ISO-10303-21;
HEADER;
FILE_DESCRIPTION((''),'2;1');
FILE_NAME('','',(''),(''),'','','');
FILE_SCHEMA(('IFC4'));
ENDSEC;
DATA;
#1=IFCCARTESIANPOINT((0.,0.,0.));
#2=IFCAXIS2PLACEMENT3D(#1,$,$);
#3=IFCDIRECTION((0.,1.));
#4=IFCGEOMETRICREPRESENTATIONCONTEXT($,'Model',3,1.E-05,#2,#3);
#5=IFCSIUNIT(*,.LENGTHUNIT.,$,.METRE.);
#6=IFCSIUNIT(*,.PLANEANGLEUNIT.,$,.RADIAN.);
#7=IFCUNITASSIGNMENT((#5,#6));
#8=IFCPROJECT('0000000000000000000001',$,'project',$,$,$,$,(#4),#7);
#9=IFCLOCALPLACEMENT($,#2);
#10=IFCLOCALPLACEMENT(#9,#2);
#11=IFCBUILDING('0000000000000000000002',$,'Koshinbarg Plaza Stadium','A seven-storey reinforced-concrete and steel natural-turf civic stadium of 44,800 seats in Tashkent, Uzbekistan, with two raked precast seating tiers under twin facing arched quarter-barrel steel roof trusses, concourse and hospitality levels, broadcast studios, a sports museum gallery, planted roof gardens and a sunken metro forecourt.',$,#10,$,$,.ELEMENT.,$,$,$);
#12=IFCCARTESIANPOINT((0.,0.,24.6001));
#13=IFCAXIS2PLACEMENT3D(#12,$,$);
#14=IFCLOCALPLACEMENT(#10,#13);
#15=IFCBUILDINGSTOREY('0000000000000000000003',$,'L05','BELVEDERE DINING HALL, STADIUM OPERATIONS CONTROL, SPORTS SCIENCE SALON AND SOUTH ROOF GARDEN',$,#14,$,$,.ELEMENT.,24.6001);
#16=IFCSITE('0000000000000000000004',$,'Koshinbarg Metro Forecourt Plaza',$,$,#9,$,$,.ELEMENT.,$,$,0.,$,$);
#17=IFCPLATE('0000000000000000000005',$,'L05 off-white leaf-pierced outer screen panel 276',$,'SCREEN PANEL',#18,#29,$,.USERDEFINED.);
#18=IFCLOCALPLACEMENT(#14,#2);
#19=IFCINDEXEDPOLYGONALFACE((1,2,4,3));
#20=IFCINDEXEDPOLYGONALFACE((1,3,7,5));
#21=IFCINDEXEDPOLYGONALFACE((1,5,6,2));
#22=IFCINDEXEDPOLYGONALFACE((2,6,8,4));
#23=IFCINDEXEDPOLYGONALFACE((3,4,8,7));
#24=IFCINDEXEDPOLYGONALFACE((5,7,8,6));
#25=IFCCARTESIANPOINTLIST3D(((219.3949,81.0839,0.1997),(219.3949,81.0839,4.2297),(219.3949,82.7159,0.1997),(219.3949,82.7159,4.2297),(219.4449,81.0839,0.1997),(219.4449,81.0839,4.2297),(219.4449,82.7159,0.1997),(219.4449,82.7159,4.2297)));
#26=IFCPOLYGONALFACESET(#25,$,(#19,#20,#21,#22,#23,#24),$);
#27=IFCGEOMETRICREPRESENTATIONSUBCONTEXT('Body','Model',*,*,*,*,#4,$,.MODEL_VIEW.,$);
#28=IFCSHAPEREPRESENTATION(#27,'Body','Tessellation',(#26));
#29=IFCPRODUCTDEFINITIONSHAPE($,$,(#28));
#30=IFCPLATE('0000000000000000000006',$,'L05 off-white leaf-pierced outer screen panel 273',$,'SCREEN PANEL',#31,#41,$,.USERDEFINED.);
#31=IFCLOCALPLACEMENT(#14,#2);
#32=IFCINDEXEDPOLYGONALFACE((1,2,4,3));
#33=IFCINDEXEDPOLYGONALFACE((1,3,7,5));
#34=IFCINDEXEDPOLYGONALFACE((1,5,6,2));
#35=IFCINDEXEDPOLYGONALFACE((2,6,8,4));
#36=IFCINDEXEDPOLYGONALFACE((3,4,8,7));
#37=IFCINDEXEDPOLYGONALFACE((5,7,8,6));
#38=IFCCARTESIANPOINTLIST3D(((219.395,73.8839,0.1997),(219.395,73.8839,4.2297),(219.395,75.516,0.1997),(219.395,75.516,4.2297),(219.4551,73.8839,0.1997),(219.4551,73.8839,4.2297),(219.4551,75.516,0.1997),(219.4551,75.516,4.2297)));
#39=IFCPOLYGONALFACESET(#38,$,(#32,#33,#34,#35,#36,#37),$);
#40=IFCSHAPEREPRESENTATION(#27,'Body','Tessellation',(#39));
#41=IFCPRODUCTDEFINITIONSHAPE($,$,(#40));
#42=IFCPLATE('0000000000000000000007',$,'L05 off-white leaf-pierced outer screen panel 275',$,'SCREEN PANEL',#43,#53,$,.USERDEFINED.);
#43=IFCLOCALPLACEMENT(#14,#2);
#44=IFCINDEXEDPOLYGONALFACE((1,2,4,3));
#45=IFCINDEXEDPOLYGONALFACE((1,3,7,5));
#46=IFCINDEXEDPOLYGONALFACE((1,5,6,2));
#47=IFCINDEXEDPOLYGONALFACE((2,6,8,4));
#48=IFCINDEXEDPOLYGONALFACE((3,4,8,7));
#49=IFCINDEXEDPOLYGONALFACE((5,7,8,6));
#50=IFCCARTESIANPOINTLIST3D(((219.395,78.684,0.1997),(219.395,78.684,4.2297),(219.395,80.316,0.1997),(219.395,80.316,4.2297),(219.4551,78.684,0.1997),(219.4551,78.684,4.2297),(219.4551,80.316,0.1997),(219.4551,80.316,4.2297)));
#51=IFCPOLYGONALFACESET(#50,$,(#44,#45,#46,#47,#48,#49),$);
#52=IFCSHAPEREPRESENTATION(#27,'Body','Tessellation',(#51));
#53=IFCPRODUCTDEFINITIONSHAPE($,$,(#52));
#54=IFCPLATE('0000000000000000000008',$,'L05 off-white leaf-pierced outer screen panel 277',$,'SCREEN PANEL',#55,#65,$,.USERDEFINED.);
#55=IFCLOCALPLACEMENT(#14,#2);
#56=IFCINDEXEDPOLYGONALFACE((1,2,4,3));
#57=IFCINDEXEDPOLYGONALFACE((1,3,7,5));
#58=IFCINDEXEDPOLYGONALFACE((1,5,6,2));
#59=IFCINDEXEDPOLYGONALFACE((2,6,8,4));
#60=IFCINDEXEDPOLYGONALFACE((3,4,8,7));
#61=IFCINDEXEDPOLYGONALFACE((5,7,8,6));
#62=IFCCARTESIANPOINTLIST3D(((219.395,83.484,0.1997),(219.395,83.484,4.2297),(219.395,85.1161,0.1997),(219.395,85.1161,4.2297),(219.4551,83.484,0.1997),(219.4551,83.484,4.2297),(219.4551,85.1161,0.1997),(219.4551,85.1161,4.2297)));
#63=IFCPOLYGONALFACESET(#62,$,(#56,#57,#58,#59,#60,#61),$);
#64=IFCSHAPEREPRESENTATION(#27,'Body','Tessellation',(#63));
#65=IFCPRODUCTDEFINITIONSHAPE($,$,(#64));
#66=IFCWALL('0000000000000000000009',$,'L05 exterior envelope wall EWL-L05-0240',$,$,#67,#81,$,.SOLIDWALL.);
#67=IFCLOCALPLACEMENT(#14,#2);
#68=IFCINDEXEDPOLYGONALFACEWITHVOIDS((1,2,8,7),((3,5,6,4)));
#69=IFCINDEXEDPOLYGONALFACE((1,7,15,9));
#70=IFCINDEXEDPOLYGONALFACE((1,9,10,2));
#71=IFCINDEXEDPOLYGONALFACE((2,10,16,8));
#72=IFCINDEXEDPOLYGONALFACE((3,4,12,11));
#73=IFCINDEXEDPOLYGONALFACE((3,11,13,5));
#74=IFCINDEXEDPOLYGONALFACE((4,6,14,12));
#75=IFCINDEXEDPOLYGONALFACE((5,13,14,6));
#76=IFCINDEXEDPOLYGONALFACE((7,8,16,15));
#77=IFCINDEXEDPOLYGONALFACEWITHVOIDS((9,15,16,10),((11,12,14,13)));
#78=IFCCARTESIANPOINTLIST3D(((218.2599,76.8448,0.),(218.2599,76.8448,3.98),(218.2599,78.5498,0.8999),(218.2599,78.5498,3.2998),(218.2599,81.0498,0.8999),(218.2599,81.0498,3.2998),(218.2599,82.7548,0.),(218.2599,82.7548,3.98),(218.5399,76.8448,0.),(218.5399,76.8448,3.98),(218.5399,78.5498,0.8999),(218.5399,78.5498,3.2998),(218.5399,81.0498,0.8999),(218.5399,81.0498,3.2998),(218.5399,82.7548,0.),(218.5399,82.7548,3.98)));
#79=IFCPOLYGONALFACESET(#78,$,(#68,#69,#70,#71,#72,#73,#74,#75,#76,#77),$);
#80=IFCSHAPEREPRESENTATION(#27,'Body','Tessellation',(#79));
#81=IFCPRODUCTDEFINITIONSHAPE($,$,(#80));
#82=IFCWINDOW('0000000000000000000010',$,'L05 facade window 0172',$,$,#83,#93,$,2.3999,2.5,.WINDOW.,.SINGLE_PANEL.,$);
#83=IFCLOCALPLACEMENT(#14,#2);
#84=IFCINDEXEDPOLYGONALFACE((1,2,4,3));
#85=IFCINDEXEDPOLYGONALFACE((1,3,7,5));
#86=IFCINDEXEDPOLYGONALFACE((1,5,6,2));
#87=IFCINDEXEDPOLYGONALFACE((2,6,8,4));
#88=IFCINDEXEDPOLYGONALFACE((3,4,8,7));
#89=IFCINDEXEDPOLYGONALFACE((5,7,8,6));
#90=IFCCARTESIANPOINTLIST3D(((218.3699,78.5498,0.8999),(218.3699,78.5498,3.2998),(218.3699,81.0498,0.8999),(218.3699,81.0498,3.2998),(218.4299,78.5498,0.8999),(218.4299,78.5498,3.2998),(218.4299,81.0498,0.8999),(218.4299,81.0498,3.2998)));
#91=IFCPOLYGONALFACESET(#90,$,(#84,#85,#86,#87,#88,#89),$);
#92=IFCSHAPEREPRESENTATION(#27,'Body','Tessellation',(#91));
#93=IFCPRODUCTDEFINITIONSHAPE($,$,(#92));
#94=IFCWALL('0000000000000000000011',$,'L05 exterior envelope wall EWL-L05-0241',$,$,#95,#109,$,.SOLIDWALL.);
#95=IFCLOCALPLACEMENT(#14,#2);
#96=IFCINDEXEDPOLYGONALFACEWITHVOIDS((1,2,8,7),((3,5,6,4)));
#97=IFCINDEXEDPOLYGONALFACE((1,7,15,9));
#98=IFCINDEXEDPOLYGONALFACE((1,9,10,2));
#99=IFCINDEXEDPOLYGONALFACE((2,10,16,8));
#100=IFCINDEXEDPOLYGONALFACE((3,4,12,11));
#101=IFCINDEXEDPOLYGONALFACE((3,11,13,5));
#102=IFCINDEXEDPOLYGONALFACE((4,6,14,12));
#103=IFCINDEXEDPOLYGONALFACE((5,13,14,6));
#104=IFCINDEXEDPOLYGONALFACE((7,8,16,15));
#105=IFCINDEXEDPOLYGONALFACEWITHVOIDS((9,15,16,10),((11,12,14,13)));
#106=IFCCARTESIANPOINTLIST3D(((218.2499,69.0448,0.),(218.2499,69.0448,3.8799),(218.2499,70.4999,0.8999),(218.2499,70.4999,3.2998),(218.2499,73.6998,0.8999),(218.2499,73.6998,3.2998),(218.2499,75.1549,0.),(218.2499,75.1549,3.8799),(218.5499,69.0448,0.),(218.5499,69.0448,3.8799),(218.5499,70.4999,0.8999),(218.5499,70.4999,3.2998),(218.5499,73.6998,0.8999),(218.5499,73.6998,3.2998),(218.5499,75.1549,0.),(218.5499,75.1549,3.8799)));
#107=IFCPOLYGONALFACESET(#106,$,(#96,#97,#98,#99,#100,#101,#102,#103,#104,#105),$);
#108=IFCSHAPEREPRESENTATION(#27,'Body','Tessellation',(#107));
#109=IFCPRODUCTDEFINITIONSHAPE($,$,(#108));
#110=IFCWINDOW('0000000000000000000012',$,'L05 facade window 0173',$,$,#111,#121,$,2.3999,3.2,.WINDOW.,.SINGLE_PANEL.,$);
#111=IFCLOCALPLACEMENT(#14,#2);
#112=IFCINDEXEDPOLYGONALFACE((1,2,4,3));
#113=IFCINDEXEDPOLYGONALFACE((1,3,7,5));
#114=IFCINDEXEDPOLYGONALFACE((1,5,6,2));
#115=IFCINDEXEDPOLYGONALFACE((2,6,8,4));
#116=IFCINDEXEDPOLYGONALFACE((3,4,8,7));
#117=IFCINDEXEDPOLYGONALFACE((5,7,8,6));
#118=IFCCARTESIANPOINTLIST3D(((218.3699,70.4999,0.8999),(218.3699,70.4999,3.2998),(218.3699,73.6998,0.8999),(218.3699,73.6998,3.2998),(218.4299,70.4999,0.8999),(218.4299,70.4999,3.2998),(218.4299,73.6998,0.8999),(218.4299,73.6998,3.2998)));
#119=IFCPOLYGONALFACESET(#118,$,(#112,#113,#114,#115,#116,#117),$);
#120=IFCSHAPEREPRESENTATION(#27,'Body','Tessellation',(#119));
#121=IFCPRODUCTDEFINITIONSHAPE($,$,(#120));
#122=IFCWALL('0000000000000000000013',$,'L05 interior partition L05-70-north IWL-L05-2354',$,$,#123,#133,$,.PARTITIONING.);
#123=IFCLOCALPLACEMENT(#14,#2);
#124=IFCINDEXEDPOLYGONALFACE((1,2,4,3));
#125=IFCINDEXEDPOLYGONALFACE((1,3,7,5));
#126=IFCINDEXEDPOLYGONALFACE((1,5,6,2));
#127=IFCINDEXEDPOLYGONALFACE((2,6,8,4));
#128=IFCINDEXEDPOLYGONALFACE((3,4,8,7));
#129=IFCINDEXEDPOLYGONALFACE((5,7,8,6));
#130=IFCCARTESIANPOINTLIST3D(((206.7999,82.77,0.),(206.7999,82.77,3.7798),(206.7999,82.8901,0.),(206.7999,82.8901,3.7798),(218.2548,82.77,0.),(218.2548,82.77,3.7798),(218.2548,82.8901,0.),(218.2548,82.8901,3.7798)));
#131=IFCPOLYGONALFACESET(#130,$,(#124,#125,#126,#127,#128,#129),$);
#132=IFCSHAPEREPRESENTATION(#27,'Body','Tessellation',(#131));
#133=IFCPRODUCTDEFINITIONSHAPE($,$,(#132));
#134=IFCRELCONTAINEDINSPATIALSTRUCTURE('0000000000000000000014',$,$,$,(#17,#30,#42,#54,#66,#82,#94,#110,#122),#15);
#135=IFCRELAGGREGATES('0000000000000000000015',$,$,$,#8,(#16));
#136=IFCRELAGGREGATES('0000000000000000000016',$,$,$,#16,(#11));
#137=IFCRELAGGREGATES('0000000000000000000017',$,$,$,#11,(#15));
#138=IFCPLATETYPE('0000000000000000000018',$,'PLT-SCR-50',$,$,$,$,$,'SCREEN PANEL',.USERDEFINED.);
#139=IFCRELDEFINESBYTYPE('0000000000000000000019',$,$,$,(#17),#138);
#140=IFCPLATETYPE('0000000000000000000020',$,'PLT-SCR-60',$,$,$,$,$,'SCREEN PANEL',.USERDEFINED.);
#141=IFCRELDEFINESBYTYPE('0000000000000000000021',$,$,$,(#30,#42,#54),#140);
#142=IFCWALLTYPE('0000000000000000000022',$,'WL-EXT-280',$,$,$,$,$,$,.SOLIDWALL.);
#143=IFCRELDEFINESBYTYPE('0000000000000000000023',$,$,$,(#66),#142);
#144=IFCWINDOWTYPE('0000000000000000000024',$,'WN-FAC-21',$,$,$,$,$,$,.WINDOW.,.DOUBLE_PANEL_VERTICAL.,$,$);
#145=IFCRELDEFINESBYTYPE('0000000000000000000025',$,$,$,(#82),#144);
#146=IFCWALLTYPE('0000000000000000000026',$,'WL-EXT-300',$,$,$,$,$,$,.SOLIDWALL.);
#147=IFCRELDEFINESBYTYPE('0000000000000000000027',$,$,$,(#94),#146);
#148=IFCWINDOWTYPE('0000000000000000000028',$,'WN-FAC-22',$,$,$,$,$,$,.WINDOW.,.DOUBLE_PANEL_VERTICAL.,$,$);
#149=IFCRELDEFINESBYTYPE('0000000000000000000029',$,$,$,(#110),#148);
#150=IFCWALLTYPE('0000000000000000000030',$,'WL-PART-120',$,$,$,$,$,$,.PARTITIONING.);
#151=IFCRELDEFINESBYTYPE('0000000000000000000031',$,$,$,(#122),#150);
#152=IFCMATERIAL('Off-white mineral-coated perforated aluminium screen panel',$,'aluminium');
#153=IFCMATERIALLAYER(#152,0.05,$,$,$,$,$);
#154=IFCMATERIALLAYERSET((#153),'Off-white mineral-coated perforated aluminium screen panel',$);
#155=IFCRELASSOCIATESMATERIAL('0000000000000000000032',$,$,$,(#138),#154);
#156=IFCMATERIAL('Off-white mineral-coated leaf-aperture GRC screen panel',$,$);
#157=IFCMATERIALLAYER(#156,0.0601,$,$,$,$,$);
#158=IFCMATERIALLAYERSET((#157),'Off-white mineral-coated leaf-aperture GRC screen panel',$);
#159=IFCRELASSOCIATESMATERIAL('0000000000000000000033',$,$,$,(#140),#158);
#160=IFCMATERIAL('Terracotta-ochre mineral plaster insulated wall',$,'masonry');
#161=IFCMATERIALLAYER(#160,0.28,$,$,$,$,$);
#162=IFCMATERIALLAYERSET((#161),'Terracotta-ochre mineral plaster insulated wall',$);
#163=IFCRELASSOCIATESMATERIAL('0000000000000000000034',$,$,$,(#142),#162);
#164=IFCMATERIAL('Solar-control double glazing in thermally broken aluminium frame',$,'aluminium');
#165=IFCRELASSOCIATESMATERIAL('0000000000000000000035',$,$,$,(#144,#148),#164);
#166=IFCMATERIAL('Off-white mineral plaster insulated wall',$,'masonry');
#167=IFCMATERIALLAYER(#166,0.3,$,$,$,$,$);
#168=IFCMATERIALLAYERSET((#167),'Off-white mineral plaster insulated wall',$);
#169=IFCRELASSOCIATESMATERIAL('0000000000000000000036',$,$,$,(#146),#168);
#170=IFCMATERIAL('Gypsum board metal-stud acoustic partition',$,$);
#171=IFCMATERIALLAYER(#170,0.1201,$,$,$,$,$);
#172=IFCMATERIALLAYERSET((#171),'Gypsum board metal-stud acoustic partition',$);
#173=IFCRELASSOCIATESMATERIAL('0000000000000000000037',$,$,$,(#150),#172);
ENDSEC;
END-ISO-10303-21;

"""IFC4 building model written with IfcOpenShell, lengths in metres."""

from ifc_helpers import new_model, si_unit, direction, frame, frame_2d, origin, origin_2d, place, context, subcontext, project, spatial, rectangle, extrude, material, layer, layer_set, type_object, element, fill, save


model = new_model("IFC4")

# Units and contexts
model_context = context("Model", 3, precision=1e-05, world=origin(), true_north=direction((0.0, 1.0)))
body_context = subcontext(model_context, "Body", "Model", "MODEL_VIEW")
ifc_project = project(units=[si_unit("LENGTHUNIT", "METRE"), si_unit("PLANEANGLEUNIT", "RADIAN")], contexts=[model_context])

# Site, building, storey
site_placement = place(None, origin())
site = spatial("IfcSite", under=ifc_project, at=site_placement, Name="Koshinbarg Metro Forecourt Plaza", CompositionType="ELEMENT", RefElevation=0.0)
building_placement = place(site_placement, origin())
building = spatial("IfcBuilding", under=site, at=building_placement, Name="Koshinbarg Plaza Stadium", Description="A seven-storey reinforced-concrete and steel natural-turf civic stadium of 44,800 seats in Tashkent, Uzbekistan, with two raked precast seating tiers under twin facing arched quarter-barrel steel roof trusses, concourse and hospitality levels, broadcast studios, a sports museum gallery, planted roof gardens and a sunken metro forecourt.", CompositionType="ELEMENT")
storey_placement = place(building_placement, frame((0.0, 0.0, 24.6001)))
storey = spatial("IfcBuildingStorey", under=building, at=storey_placement, Name="L05", Description="BELVEDERE DINING HALL, STADIUM OPERATIONS CONTROL, SPORTS SCIENCE SALON AND SOUTH ROOF GARDEN", CompositionType="ELEMENT", Elevation=24.6001)

# Plates
ifc_material_1 = material(Name="Off-white mineral-coated perforated aluminium screen panel", Category="aluminium")
ifc_layer_1 = layer(ifc_material_1, 0.05)
ifc_layer_set_1 = layer_set([ifc_layer_1], Name="Off-white mineral-coated perforated aluminium screen panel")
plate_type_1 = type_object("IfcPlateType", Name="PLT-SCR-50", ElementType="SCREEN PANEL", PredefinedType="USERDEFINED", material=ifc_layer_set_1)
for number, where, z_axis, x_axis, name in (
    (1, (219.4199, 81.8999, 0.1997), (0.0, 0.0, 1.0), (1.0, 0.0, 0.0), "L05 off-white leaf-pierced outer screen panel 276"),
):
    element("IfcPlate", number, at=place(storey_placement, frame(where, z_axis=z_axis, x_axis=x_axis)), inside=storey, type_object=plate_type_1, Name=name, ObjectType="SCREEN PANEL", PredefinedType="USERDEFINED", context=body_context, shape_type="SweptSolid", body=[
        extrude(rectangle(XDim=0.05, YDim=1.6321, at=origin_2d()), origin(), (0.0, 0.0, 1.0), 4.03),
    ])
ifc_material_2 = material(Name="Off-white mineral-coated leaf-aperture GRC screen panel")
ifc_layer_2 = layer(ifc_material_2, 0.0601)
ifc_layer_set_2 = layer_set([ifc_layer_2], Name="Off-white mineral-coated leaf-aperture GRC screen panel")
plate_type_2 = type_object("IfcPlateType", Name="PLT-SCR-60", ElementType="SCREEN PANEL", PredefinedType="USERDEFINED", material=ifc_layer_set_2)
for number, where, z_axis, x_axis, name in (
    (2, (219.425, 74.7, 0.1997), (0.0, 0.0, 1.0), (1.0, 0.0, 0.0), "L05 off-white leaf-pierced outer screen panel 273"),
    (3, (219.425, 79.5, 0.1997), (0.0, 0.0, 1.0), (1.0, 0.0, 0.0), "L05 off-white leaf-pierced outer screen panel 275"),
    (4, (219.425, 84.3, 0.1997), (0.0, 0.0, 1.0), (1.0, 0.0, 0.0), "L05 off-white leaf-pierced outer screen panel 277"),
):
    element("IfcPlate", number, at=place(storey_placement, frame(where, z_axis=z_axis, x_axis=x_axis)), inside=storey, type_object=plate_type_2, Name=name, ObjectType="SCREEN PANEL", PredefinedType="USERDEFINED", context=body_context, shape_type="SweptSolid", body=[
        extrude(rectangle(XDim=0.0601, YDim=1.6321, at=origin_2d()), origin(), (0.0, 0.0, 1.0), 4.03),
    ])

# Walls, openings, windows
ifc_material_3 = material(Name="Terracotta-ochre mineral plaster insulated wall", Category="masonry")
ifc_layer_3 = layer(ifc_material_3, 0.28)
ifc_layer_set_3 = layer_set([ifc_layer_3], Name="Terracotta-ochre mineral plaster insulated wall")
wall_type_1 = type_object("IfcWallType", Name="WL-EXT-280", PredefinedType="SOLIDWALL", material=ifc_layer_set_3)
wall_1_placement = place(storey_placement, frame((218.3999, 82.7549, 0.0), z_axis=(0.0, 0.0, 1.0), x_axis=(0.0, -1.0, 0.0)))
wall_1 = element("IfcWall", 5, at=wall_1_placement, inside=storey, type_object=wall_type_1, Name="L05 exterior envelope wall EWL-L05-0240", PredefinedType="SOLIDWALL", context=body_context, shape_type="SweptSolid", body=[
    extrude(rectangle(XDim=5.9099, YDim=0.28, at=frame_2d((2.9551, 0.0))), origin(), (0.0, 0.0, 1.0), 3.98),
])
opening_1_placement = place(wall_1_placement, frame((1.7051, 0.0, 0.8999)))
opening_1 = element("IfcOpeningElement", 6, at=opening_1_placement, cuts=wall_1, PredefinedType="OPENING", context=body_context, shape_type="SweptSolid", body=[
    extrude(rectangle(XDim=2.5, YDim=2.3999, at=frame_2d((1.25, 1.2))), frame((0.0, 0.1499, 0.0), z_axis=(0.0, -1.0, 0.0), x_axis=(1.0, 0.0, 0.0)), (0.0, 0.0, 1.0), 0.3),
])
ifc_material_4 = material(Name="Solar-control double glazing in thermally broken aluminium frame", Category="aluminium")
window_type_1 = type_object("IfcWindowType", Name="WN-FAC-21", PartitioningType="DOUBLE_PANEL_VERTICAL", PredefinedType="WINDOW", material=ifc_material_4)
window_1_placement = place(opening_1_placement, origin())
window_1 = element("IfcWindow", 7, at=window_1_placement, inside=storey, type_object=window_type_1, Name="L05 facade window 0172", OverallHeight=2.3999, OverallWidth=2.5, PartitioningType="SINGLE_PANEL", PredefinedType="WINDOW", context=body_context, shape_type="SweptSolid", body=[
    extrude(rectangle(XDim=2.5, YDim=2.3999, at=frame_2d((1.25, 1.2))), frame((0.0, 0.03, 0.0), z_axis=(0.0, -1.0, 0.0), x_axis=(1.0, 0.0, 0.0)), (0.0, 0.0, 1.0), 0.0601),
])
fill(opening_1, window_1)
ifc_material_5 = material(Name="Off-white mineral plaster insulated wall", Category="masonry")
ifc_layer_4 = layer(ifc_material_5, 0.3)
ifc_layer_set_4 = layer_set([ifc_layer_4], Name="Off-white mineral plaster insulated wall")
wall_type_2 = type_object("IfcWallType", Name="WL-EXT-300", PredefinedType="SOLIDWALL", material=ifc_layer_set_4)
wall_2_placement = place(storey_placement, frame((218.3999, 75.155, 0.0), z_axis=(0.0, 0.0, 1.0), x_axis=(0.0, -1.0, 0.0)))
wall_2 = element("IfcWall", 8, at=wall_2_placement, inside=storey, type_object=wall_type_2, Name="L05 exterior envelope wall EWL-L05-0241", PredefinedType="SOLIDWALL", context=body_context, shape_type="SweptSolid", body=[
    extrude(rectangle(XDim=6.1101, YDim=0.3, at=frame_2d((3.0552, 0.0))), origin(), (0.0, 0.0, 1.0), 3.8799),
])
opening_2_placement = place(wall_2_placement, frame((1.4551, 0.0, 0.8999)))
opening_2 = element("IfcOpeningElement", 9, at=opening_2_placement, cuts=wall_2, PredefinedType="OPENING", context=body_context, shape_type="SweptSolid", body=[
    extrude(rectangle(XDim=3.2, YDim=2.3999, at=frame_2d((1.6001, 1.2))), frame((0.0, 0.1599, 0.0), z_axis=(0.0, -1.0, 0.0), x_axis=(1.0, 0.0, 0.0)), (0.0, 0.0, 1.0), 0.3201),
])
window_type_2 = type_object("IfcWindowType", Name="WN-FAC-22", PartitioningType="DOUBLE_PANEL_VERTICAL", PredefinedType="WINDOW", material=ifc_material_4)
window_2_placement = place(opening_2_placement, origin())
window_2 = element("IfcWindow", 10, at=window_2_placement, inside=storey, type_object=window_type_2, Name="L05 facade window 0173", OverallHeight=2.3999, OverallWidth=3.2, PartitioningType="SINGLE_PANEL", PredefinedType="WINDOW", context=body_context, shape_type="SweptSolid", body=[
    extrude(rectangle(XDim=3.2, YDim=2.3999, at=frame_2d((1.6001, 1.2))), frame((0.0, 0.03, 0.0), z_axis=(0.0, -1.0, 0.0), x_axis=(1.0, 0.0, 0.0)), (0.0, 0.0, 1.0), 0.0601),
])
fill(opening_2, window_2)

# Wall
ifc_material_6 = material(Name="Gypsum board metal-stud acoustic partition")
ifc_layer_5 = layer(ifc_material_6, 0.1201)
ifc_layer_set_5 = layer_set([ifc_layer_5], Name="Gypsum board metal-stud acoustic partition")
wall_type_3 = type_object("IfcWallType", Name="WL-PART-120", PredefinedType="PARTITIONING", material=ifc_layer_set_5)
wall_3_placement = place(storey_placement, frame((218.2549, 82.8301, 0.0), z_axis=(0.0, 0.0, 1.0), x_axis=(-1.0, 0.0, 0.0)))
element("IfcWall", 11, at=wall_3_placement, inside=storey, type_object=wall_type_3, Name="L05 interior partition L05-70-north IWL-L05-2354", PredefinedType="PARTITIONING", context=body_context, shape_type="SweptSolid", body=[
    extrude(rectangle(XDim=11.4548, YDim=0.1201, at=frame_2d((5.7275, 0.0))), origin(), (0.0, 0.0, 1.0), 3.7798),
])

save(model, "model.ifc")
